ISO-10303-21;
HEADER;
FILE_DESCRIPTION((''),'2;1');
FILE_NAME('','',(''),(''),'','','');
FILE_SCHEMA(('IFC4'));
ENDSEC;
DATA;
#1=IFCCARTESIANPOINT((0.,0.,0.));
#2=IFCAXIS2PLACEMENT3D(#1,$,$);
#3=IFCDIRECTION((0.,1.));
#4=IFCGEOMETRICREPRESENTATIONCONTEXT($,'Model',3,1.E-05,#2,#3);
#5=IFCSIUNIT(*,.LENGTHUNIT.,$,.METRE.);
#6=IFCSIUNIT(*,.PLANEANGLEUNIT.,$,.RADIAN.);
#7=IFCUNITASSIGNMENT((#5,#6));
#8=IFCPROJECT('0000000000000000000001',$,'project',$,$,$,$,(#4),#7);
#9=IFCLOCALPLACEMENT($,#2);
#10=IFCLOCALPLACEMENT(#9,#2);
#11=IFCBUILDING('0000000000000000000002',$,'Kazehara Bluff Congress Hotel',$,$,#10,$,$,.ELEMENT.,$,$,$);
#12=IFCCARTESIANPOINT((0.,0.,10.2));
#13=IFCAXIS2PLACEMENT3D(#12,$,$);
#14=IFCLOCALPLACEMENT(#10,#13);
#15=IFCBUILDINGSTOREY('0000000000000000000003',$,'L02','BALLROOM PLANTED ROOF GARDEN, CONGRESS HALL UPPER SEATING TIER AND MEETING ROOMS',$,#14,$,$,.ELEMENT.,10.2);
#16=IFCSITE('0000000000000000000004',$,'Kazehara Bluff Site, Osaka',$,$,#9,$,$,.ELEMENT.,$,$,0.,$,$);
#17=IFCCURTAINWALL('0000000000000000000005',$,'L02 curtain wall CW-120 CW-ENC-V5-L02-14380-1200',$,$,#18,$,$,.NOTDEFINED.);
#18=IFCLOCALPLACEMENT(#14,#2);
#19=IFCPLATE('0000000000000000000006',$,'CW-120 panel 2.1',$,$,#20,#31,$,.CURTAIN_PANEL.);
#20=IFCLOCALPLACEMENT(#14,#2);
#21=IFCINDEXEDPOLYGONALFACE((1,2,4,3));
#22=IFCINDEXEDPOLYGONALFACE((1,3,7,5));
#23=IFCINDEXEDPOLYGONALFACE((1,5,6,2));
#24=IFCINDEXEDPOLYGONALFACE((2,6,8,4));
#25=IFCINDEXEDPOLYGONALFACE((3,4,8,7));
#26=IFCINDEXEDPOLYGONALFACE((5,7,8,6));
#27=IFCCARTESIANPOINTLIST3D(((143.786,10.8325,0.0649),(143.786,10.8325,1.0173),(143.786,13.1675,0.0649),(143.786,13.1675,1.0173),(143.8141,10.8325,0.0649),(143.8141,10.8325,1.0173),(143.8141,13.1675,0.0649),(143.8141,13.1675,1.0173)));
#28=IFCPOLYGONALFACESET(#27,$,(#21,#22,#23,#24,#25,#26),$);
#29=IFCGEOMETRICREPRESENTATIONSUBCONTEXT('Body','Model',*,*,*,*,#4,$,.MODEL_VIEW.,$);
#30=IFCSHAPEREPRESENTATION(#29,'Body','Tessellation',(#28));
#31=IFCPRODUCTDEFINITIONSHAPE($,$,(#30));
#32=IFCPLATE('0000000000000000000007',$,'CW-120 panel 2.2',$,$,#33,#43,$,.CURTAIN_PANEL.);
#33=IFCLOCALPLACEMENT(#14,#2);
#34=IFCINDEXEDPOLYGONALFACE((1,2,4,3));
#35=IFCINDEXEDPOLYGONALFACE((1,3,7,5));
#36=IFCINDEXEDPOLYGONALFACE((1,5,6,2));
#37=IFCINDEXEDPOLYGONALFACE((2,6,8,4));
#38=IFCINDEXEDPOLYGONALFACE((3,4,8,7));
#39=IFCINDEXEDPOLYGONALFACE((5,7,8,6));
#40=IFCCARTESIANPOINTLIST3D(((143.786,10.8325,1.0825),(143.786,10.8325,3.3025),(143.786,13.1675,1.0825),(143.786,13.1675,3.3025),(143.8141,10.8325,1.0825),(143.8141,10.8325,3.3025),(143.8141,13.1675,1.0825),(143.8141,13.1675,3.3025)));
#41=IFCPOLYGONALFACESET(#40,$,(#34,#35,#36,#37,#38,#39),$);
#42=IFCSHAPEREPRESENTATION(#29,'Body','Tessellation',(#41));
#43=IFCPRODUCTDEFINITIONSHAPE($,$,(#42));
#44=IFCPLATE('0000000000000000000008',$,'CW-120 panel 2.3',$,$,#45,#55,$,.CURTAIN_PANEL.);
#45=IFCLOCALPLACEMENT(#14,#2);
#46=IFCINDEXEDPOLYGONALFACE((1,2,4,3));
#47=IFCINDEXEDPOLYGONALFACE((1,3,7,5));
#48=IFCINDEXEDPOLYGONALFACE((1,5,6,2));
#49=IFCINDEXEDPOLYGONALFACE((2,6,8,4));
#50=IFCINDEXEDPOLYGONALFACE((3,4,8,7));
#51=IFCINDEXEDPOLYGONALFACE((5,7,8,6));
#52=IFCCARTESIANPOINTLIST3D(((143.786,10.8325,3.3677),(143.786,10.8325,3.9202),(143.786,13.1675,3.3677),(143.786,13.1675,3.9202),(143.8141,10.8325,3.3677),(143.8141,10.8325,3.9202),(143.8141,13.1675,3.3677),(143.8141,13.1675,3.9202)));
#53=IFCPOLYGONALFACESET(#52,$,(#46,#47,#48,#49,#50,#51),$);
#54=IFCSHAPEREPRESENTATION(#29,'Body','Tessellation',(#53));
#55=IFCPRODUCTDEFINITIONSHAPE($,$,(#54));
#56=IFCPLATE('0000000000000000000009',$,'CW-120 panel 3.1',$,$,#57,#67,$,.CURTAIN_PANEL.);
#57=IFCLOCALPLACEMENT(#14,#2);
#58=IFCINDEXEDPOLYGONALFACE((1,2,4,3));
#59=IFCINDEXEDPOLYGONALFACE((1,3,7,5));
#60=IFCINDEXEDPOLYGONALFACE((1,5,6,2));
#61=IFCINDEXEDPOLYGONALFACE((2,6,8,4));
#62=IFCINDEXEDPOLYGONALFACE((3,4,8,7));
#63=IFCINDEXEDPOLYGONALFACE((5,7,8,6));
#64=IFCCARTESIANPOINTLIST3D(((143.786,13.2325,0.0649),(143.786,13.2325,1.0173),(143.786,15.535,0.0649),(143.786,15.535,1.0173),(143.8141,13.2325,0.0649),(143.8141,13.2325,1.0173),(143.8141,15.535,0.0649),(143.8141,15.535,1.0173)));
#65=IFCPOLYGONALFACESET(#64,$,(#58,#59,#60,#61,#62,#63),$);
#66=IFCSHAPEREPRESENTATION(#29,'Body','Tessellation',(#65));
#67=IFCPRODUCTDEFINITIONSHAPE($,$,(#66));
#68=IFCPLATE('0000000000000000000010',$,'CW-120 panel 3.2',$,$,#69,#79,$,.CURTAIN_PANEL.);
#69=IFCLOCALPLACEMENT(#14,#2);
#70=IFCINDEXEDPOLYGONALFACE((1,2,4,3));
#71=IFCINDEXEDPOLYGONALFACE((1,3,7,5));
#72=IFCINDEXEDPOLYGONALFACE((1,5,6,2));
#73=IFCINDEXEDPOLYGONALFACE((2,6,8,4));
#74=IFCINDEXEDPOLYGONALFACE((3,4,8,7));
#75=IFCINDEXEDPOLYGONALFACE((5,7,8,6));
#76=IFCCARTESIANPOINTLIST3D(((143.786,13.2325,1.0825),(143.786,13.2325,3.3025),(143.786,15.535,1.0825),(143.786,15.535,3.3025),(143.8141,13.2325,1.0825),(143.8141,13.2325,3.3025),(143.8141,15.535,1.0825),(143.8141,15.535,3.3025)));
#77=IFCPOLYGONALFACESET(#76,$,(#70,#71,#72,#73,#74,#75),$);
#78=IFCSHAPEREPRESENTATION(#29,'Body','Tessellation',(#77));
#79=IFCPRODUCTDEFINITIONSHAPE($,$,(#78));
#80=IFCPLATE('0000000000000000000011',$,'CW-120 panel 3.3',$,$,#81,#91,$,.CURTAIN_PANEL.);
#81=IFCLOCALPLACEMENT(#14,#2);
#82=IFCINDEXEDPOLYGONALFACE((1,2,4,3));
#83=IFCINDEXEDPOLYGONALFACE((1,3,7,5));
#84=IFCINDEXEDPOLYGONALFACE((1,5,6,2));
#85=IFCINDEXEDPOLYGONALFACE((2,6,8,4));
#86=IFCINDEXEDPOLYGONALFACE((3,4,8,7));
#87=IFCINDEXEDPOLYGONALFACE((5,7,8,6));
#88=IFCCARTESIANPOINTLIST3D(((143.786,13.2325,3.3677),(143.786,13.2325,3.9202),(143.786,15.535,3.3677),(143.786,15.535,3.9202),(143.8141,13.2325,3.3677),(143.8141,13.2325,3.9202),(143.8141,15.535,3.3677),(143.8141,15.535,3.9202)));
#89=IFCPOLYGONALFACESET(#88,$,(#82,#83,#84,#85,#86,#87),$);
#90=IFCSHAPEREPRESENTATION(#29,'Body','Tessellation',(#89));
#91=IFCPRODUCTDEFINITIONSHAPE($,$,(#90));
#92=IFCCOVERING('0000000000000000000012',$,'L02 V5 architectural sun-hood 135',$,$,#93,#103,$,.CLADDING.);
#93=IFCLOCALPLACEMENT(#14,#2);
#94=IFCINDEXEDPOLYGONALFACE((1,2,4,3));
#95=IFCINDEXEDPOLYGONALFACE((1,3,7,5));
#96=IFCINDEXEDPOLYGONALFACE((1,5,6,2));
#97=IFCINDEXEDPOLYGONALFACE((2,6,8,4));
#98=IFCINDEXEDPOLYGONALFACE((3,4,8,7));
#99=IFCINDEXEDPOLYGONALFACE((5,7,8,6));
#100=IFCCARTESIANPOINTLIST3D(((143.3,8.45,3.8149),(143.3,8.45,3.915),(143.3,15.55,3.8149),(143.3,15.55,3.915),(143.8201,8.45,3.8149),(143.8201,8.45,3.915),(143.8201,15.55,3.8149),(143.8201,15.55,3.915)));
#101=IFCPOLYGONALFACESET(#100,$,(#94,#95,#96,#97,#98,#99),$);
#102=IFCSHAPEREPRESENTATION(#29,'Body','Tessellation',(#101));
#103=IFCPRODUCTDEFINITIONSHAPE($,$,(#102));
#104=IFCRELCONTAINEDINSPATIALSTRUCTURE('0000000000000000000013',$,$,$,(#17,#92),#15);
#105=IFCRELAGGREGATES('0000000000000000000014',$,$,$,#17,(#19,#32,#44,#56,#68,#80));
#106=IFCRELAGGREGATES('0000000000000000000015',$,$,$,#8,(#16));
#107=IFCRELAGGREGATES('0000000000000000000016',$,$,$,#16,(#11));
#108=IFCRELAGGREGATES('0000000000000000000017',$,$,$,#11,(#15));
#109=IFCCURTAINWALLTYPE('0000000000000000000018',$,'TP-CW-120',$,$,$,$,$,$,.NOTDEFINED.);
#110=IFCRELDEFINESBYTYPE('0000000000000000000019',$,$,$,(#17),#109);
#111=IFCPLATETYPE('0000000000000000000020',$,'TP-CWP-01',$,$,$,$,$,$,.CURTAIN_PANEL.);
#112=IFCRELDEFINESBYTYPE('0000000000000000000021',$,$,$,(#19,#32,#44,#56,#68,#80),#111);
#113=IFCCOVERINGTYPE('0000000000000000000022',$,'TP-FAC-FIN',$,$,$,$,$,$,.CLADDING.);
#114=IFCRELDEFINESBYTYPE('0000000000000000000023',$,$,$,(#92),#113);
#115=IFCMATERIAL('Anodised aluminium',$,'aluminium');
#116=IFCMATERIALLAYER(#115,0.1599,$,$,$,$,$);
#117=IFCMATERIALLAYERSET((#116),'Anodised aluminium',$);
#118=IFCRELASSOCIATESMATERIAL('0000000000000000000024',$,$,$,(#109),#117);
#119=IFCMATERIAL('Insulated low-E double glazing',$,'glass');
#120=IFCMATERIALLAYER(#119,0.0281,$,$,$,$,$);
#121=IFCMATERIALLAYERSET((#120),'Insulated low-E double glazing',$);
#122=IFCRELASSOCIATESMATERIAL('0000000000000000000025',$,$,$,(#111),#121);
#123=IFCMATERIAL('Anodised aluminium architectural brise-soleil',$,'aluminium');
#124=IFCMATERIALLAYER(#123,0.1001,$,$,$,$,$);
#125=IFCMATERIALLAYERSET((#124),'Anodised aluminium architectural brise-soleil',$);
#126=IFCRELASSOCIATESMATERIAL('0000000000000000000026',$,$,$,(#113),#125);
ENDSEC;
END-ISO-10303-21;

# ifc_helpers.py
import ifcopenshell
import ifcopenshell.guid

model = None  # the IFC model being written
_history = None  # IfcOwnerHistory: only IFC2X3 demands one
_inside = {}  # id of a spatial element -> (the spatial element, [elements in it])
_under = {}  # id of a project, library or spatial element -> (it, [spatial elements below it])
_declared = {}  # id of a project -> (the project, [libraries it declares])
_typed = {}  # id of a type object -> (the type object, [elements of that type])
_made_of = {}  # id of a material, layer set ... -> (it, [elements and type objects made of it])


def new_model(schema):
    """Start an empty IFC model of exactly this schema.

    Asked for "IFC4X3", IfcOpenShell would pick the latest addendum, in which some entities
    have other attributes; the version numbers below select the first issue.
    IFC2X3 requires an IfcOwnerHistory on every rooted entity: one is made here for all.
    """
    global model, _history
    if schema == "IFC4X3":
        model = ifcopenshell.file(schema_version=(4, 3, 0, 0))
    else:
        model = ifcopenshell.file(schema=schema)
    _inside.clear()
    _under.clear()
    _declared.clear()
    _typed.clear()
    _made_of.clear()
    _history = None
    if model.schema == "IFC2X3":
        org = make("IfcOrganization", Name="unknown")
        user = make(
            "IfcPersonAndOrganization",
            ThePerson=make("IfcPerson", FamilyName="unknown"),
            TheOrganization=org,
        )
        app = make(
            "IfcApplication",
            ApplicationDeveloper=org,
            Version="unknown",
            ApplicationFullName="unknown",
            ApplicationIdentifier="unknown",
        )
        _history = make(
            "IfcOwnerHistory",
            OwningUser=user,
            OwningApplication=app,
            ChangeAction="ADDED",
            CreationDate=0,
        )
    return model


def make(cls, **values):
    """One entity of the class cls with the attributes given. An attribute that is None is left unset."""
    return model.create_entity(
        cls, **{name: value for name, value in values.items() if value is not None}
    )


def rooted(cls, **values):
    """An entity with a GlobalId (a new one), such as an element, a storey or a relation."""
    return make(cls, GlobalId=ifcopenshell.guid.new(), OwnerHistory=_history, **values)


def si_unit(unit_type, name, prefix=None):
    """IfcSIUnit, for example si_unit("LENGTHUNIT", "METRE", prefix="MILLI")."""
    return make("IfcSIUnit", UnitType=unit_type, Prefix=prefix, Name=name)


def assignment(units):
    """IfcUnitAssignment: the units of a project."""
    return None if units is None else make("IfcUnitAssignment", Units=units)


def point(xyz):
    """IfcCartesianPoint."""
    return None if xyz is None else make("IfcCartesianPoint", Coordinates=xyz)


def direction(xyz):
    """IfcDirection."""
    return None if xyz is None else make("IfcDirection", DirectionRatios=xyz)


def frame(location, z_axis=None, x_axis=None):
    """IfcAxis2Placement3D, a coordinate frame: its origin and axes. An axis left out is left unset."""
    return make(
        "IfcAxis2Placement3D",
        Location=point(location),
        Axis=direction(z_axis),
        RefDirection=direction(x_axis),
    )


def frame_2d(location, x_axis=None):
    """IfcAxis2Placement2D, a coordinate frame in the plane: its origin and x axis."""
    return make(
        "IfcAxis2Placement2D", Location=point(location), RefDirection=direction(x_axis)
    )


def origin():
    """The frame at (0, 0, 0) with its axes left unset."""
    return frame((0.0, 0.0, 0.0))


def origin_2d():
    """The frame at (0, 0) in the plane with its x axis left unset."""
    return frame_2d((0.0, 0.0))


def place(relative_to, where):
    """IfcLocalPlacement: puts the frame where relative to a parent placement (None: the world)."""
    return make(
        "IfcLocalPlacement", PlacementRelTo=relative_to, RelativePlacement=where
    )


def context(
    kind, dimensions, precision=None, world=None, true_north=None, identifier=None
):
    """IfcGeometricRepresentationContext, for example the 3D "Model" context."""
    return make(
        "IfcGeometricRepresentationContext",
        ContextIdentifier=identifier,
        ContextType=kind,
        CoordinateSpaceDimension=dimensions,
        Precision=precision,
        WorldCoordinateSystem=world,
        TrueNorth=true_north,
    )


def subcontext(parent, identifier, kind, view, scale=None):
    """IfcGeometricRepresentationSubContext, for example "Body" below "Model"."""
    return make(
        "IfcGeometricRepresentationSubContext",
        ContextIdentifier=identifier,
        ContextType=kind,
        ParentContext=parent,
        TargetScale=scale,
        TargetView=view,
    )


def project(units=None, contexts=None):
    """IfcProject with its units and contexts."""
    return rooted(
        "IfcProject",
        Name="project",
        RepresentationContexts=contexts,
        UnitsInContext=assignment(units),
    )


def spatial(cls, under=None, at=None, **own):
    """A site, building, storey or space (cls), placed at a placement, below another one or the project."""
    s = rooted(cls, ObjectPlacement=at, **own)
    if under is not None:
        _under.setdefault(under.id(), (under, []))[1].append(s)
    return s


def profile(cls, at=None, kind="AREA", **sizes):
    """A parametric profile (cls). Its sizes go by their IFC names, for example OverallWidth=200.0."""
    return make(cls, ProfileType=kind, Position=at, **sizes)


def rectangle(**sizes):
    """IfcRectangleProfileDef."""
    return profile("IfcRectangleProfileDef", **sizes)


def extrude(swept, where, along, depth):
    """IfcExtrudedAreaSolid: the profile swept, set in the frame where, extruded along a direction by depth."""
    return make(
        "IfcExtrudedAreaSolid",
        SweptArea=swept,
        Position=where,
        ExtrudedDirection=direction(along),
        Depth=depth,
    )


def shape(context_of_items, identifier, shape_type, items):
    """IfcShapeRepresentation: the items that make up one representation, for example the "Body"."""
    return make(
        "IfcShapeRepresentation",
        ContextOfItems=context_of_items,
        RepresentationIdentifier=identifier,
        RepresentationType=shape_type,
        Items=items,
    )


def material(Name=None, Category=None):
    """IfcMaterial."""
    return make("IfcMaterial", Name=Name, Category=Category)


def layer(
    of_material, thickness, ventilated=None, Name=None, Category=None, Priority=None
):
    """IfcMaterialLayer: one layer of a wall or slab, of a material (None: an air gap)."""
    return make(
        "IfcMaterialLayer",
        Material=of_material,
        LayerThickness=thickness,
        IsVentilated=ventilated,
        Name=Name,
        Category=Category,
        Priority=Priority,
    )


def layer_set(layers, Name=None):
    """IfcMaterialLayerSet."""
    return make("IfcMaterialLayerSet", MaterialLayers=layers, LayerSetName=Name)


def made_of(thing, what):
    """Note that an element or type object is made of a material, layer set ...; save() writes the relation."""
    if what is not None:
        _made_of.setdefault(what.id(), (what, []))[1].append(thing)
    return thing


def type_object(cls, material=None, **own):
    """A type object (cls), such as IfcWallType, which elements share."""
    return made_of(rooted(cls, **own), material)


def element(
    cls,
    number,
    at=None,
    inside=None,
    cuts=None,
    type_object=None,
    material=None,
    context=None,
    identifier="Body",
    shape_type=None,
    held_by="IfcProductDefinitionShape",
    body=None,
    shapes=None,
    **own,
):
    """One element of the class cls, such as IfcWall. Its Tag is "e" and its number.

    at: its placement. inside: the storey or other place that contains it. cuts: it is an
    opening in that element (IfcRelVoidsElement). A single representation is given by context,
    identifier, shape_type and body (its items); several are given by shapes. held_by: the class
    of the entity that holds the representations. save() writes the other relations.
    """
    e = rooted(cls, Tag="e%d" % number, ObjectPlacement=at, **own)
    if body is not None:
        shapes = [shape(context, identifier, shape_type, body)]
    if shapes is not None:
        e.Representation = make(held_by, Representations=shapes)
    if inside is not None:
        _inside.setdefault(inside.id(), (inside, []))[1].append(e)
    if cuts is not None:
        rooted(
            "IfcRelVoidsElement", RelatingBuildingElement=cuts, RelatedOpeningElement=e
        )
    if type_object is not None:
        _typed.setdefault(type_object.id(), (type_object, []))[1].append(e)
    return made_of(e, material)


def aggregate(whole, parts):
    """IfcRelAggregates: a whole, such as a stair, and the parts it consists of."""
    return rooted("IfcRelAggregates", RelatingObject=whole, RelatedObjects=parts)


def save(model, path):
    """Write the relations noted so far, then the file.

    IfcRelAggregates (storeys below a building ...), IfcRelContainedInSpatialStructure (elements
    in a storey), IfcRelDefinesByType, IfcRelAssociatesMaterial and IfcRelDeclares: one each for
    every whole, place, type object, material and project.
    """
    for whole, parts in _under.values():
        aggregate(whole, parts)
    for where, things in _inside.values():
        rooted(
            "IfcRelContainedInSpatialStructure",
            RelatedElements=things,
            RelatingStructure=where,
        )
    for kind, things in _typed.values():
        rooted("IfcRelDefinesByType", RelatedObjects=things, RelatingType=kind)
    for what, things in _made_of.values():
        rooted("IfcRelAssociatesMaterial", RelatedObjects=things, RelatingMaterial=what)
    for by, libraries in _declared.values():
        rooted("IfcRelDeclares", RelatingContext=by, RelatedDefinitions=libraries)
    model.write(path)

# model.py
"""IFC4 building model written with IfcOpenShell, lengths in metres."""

from ifc_helpers import new_model, si_unit, direction, frame, origin, origin_2d, place, context, subcontext, project, spatial, rectangle, extrude, material, layer, layer_set, type_object, element, aggregate, save


model = new_model("IFC4")

# Units and contexts
model_context = context("Model", 3, precision=1e-05, world=origin(), true_north=direction((0.0, 1.0)))
body_context = subcontext(model_context, "Body", "Model", "MODEL_VIEW")
ifc_project = project(units=[si_unit("LENGTHUNIT", "METRE"), si_unit("PLANEANGLEUNIT", "RADIAN")], contexts=[model_context])

# Site, building, storey
site_placement = place(None, origin())
site = spatial("IfcSite", under=ifc_project, at=site_placement, Name="Kazehara Bluff Site, Osaka", CompositionType="ELEMENT", RefElevation=0.0)
building_placement = place(site_placement, origin())
building = spatial("IfcBuilding", under=site, at=building_placement, Name="Kazehara Bluff Congress Hotel", CompositionType="ELEMENT")
storey_placement = place(building_placement, frame((0.0, 0.0, 10.2)))
storey = spatial("IfcBuildingStorey", under=building, at=storey_placement, Name="L02", Description="BALLROOM PLANTED ROOF GARDEN, CONGRESS HALL UPPER SEATING TIER AND MEETING ROOMS", CompositionType="ELEMENT", Elevation=10.2)

# Curtain wall
ifc_material_1 = material(Name="Anodised aluminium", Category="aluminium")
ifc_layer_1 = layer(ifc_material_1, 0.1599)
ifc_layer_set_1 = layer_set([ifc_layer_1], Name="Anodised aluminium")
curtain_wall_type_1 = type_object("IfcCurtainWallType", Name="TP-CW-120", PredefinedType="NOTDEFINED", material=ifc_layer_set_1)
curtain_wall_1_placement = place(storey_placement, origin())
curtain_wall_1 = element("IfcCurtainWall", 1, at=curtain_wall_1_placement, inside=storey, type_object=curtain_wall_type_1, Name="L02 curtain wall CW-120 CW-ENC-V5-L02-14380-1200", PredefinedType="NOTDEFINED")

# Plates
ifc_material_2 = material(Name="Insulated low-E double glazing", Category="glass")
ifc_layer_2 = layer(ifc_material_2, 0.0281)
ifc_layer_set_2 = layer_set([ifc_layer_2], Name="Insulated low-E double glazing")
plate_type = type_object("IfcPlateType", Name="TP-CWP-01", PredefinedType="CURTAIN_PANEL", material=ifc_layer_set_2)
plate_1_placement = place(storey_placement, frame((143.8, 12.0, 0.0649), z_axis=(0.0, 0.0, 1.0), x_axis=(0.0, 1.0, 0.0)))
plate_1 = element("IfcPlate", 2, at=plate_1_placement, type_object=plate_type, Name="CW-120 panel 2.1", PredefinedType="CURTAIN_PANEL", context=body_context, shape_type="SweptSolid", body=[
    extrude(rectangle(XDim=2.335, YDim=0.0281, at=origin_2d()), origin(), (0.0, 0.0, 1.0), 0.9524),
])
plate_2_placement = place(storey_placement, frame((143.8, 12.0, 1.0825), z_axis=(0.0, 0.0, 1.0), x_axis=(0.0, 1.0, 0.0)))
plate_2 = element("IfcPlate", 3, at=plate_2_placement, type_object=plate_type, Name="CW-120 panel 2.2", PredefinedType="CURTAIN_PANEL", context=body_context, shape_type="SweptSolid", body=[
    extrude(rectangle(XDim=2.335, YDim=0.0281, at=origin_2d()), origin(), (0.0, 0.0, 1.0), 2.22),
])
plate_3_placement = place(storey_placement, frame((143.8, 12.0, 3.3677), z_axis=(0.0, 0.0, 1.0), x_axis=(0.0, 1.0, 0.0)))
plate_3 = element("IfcPlate", 4, at=plate_3_placement, type_object=plate_type, Name="CW-120 panel 2.3", PredefinedType="CURTAIN_PANEL", context=body_context, shape_type="SweptSolid", body=[
    extrude(rectangle(XDim=2.335, YDim=0.0281, at=origin_2d()), origin(), (0.0, 0.0, 1.0), 0.5525),
])
plate_4_placement = place(storey_placement, frame((143.8, 14.3838, 0.0649), z_axis=(0.0, 0.0, 1.0), x_axis=(0.0, 1.0, 0.0)))
plate_4 = element("IfcPlate", 5, at=plate_4_placement, type_object=plate_type, Name="CW-120 panel 3.1", PredefinedType="CURTAIN_PANEL", context=body_context, shape_type="SweptSolid", body=[
    extrude(rectangle(XDim=2.3025, YDim=0.0281, at=origin_2d()), origin(), (0.0, 0.0, 1.0), 0.9524),
])
plate_5_placement = place(storey_placement, frame((143.8, 14.3838, 1.0825), z_axis=(0.0, 0.0, 1.0), x_axis=(0.0, 1.0, 0.0)))
plate_5 = element("IfcPlate", 6, at=plate_5_placement, type_object=plate_type, Name="CW-120 panel 3.2", PredefinedType="CURTAIN_PANEL", context=body_context, shape_type="SweptSolid", body=[
    extrude(rectangle(XDim=2.3025, YDim=0.0281, at=origin_2d()), origin(), (0.0, 0.0, 1.0), 2.22),
])
plate_6_placement = place(storey_placement, frame((143.8, 14.3838, 3.3677), z_axis=(0.0, 0.0, 1.0), x_axis=(0.0, 1.0, 0.0)))
plate_6 = element("IfcPlate", 7, at=plate_6_placement, type_object=plate_type, Name="CW-120 panel 3.3", PredefinedType="CURTAIN_PANEL", context=body_context, shape_type="SweptSolid", body=[
    extrude(rectangle(XDim=2.3025, YDim=0.0281, at=origin_2d()), origin(), (0.0, 0.0, 1.0), 0.5525),
])
aggregate(curtain_wall_1, [plate_1, plate_2, plate_3, plate_4, plate_5, plate_6])

# Covering
ifc_material_3 = material(Name="Anodised aluminium architectural brise-soleil", Category="aluminium")
ifc_layer_3 = layer(ifc_material_3, 0.1001)
ifc_layer_set_3 = layer_set([ifc_layer_3], Name="Anodised aluminium architectural brise-soleil")
covering_type = type_object("IfcCoveringType", Name="TP-FAC-FIN", PredefinedType="CLADDING", material=ifc_layer_set_3)
covering_placement = place(storey_placement, frame((143.5601, 12.0, 3.8149), z_axis=(0.0, 0.0, 1.0), x_axis=(1.0, 0.0, 0.0)))
element("IfcCovering", 8, at=covering_placement, inside=storey, type_object=covering_type, Name="L02 V5 architectural sun-hood 135", PredefinedType="CLADDING", context=body_context, shape_type="SweptSolid", body=[
    extrude(rectangle(XDim=0.52, YDim=7.1001, at=origin_2d()), origin(), (0.0, 0.0, 1.0), 0.1001),
])

save(model, "model.ifc")
